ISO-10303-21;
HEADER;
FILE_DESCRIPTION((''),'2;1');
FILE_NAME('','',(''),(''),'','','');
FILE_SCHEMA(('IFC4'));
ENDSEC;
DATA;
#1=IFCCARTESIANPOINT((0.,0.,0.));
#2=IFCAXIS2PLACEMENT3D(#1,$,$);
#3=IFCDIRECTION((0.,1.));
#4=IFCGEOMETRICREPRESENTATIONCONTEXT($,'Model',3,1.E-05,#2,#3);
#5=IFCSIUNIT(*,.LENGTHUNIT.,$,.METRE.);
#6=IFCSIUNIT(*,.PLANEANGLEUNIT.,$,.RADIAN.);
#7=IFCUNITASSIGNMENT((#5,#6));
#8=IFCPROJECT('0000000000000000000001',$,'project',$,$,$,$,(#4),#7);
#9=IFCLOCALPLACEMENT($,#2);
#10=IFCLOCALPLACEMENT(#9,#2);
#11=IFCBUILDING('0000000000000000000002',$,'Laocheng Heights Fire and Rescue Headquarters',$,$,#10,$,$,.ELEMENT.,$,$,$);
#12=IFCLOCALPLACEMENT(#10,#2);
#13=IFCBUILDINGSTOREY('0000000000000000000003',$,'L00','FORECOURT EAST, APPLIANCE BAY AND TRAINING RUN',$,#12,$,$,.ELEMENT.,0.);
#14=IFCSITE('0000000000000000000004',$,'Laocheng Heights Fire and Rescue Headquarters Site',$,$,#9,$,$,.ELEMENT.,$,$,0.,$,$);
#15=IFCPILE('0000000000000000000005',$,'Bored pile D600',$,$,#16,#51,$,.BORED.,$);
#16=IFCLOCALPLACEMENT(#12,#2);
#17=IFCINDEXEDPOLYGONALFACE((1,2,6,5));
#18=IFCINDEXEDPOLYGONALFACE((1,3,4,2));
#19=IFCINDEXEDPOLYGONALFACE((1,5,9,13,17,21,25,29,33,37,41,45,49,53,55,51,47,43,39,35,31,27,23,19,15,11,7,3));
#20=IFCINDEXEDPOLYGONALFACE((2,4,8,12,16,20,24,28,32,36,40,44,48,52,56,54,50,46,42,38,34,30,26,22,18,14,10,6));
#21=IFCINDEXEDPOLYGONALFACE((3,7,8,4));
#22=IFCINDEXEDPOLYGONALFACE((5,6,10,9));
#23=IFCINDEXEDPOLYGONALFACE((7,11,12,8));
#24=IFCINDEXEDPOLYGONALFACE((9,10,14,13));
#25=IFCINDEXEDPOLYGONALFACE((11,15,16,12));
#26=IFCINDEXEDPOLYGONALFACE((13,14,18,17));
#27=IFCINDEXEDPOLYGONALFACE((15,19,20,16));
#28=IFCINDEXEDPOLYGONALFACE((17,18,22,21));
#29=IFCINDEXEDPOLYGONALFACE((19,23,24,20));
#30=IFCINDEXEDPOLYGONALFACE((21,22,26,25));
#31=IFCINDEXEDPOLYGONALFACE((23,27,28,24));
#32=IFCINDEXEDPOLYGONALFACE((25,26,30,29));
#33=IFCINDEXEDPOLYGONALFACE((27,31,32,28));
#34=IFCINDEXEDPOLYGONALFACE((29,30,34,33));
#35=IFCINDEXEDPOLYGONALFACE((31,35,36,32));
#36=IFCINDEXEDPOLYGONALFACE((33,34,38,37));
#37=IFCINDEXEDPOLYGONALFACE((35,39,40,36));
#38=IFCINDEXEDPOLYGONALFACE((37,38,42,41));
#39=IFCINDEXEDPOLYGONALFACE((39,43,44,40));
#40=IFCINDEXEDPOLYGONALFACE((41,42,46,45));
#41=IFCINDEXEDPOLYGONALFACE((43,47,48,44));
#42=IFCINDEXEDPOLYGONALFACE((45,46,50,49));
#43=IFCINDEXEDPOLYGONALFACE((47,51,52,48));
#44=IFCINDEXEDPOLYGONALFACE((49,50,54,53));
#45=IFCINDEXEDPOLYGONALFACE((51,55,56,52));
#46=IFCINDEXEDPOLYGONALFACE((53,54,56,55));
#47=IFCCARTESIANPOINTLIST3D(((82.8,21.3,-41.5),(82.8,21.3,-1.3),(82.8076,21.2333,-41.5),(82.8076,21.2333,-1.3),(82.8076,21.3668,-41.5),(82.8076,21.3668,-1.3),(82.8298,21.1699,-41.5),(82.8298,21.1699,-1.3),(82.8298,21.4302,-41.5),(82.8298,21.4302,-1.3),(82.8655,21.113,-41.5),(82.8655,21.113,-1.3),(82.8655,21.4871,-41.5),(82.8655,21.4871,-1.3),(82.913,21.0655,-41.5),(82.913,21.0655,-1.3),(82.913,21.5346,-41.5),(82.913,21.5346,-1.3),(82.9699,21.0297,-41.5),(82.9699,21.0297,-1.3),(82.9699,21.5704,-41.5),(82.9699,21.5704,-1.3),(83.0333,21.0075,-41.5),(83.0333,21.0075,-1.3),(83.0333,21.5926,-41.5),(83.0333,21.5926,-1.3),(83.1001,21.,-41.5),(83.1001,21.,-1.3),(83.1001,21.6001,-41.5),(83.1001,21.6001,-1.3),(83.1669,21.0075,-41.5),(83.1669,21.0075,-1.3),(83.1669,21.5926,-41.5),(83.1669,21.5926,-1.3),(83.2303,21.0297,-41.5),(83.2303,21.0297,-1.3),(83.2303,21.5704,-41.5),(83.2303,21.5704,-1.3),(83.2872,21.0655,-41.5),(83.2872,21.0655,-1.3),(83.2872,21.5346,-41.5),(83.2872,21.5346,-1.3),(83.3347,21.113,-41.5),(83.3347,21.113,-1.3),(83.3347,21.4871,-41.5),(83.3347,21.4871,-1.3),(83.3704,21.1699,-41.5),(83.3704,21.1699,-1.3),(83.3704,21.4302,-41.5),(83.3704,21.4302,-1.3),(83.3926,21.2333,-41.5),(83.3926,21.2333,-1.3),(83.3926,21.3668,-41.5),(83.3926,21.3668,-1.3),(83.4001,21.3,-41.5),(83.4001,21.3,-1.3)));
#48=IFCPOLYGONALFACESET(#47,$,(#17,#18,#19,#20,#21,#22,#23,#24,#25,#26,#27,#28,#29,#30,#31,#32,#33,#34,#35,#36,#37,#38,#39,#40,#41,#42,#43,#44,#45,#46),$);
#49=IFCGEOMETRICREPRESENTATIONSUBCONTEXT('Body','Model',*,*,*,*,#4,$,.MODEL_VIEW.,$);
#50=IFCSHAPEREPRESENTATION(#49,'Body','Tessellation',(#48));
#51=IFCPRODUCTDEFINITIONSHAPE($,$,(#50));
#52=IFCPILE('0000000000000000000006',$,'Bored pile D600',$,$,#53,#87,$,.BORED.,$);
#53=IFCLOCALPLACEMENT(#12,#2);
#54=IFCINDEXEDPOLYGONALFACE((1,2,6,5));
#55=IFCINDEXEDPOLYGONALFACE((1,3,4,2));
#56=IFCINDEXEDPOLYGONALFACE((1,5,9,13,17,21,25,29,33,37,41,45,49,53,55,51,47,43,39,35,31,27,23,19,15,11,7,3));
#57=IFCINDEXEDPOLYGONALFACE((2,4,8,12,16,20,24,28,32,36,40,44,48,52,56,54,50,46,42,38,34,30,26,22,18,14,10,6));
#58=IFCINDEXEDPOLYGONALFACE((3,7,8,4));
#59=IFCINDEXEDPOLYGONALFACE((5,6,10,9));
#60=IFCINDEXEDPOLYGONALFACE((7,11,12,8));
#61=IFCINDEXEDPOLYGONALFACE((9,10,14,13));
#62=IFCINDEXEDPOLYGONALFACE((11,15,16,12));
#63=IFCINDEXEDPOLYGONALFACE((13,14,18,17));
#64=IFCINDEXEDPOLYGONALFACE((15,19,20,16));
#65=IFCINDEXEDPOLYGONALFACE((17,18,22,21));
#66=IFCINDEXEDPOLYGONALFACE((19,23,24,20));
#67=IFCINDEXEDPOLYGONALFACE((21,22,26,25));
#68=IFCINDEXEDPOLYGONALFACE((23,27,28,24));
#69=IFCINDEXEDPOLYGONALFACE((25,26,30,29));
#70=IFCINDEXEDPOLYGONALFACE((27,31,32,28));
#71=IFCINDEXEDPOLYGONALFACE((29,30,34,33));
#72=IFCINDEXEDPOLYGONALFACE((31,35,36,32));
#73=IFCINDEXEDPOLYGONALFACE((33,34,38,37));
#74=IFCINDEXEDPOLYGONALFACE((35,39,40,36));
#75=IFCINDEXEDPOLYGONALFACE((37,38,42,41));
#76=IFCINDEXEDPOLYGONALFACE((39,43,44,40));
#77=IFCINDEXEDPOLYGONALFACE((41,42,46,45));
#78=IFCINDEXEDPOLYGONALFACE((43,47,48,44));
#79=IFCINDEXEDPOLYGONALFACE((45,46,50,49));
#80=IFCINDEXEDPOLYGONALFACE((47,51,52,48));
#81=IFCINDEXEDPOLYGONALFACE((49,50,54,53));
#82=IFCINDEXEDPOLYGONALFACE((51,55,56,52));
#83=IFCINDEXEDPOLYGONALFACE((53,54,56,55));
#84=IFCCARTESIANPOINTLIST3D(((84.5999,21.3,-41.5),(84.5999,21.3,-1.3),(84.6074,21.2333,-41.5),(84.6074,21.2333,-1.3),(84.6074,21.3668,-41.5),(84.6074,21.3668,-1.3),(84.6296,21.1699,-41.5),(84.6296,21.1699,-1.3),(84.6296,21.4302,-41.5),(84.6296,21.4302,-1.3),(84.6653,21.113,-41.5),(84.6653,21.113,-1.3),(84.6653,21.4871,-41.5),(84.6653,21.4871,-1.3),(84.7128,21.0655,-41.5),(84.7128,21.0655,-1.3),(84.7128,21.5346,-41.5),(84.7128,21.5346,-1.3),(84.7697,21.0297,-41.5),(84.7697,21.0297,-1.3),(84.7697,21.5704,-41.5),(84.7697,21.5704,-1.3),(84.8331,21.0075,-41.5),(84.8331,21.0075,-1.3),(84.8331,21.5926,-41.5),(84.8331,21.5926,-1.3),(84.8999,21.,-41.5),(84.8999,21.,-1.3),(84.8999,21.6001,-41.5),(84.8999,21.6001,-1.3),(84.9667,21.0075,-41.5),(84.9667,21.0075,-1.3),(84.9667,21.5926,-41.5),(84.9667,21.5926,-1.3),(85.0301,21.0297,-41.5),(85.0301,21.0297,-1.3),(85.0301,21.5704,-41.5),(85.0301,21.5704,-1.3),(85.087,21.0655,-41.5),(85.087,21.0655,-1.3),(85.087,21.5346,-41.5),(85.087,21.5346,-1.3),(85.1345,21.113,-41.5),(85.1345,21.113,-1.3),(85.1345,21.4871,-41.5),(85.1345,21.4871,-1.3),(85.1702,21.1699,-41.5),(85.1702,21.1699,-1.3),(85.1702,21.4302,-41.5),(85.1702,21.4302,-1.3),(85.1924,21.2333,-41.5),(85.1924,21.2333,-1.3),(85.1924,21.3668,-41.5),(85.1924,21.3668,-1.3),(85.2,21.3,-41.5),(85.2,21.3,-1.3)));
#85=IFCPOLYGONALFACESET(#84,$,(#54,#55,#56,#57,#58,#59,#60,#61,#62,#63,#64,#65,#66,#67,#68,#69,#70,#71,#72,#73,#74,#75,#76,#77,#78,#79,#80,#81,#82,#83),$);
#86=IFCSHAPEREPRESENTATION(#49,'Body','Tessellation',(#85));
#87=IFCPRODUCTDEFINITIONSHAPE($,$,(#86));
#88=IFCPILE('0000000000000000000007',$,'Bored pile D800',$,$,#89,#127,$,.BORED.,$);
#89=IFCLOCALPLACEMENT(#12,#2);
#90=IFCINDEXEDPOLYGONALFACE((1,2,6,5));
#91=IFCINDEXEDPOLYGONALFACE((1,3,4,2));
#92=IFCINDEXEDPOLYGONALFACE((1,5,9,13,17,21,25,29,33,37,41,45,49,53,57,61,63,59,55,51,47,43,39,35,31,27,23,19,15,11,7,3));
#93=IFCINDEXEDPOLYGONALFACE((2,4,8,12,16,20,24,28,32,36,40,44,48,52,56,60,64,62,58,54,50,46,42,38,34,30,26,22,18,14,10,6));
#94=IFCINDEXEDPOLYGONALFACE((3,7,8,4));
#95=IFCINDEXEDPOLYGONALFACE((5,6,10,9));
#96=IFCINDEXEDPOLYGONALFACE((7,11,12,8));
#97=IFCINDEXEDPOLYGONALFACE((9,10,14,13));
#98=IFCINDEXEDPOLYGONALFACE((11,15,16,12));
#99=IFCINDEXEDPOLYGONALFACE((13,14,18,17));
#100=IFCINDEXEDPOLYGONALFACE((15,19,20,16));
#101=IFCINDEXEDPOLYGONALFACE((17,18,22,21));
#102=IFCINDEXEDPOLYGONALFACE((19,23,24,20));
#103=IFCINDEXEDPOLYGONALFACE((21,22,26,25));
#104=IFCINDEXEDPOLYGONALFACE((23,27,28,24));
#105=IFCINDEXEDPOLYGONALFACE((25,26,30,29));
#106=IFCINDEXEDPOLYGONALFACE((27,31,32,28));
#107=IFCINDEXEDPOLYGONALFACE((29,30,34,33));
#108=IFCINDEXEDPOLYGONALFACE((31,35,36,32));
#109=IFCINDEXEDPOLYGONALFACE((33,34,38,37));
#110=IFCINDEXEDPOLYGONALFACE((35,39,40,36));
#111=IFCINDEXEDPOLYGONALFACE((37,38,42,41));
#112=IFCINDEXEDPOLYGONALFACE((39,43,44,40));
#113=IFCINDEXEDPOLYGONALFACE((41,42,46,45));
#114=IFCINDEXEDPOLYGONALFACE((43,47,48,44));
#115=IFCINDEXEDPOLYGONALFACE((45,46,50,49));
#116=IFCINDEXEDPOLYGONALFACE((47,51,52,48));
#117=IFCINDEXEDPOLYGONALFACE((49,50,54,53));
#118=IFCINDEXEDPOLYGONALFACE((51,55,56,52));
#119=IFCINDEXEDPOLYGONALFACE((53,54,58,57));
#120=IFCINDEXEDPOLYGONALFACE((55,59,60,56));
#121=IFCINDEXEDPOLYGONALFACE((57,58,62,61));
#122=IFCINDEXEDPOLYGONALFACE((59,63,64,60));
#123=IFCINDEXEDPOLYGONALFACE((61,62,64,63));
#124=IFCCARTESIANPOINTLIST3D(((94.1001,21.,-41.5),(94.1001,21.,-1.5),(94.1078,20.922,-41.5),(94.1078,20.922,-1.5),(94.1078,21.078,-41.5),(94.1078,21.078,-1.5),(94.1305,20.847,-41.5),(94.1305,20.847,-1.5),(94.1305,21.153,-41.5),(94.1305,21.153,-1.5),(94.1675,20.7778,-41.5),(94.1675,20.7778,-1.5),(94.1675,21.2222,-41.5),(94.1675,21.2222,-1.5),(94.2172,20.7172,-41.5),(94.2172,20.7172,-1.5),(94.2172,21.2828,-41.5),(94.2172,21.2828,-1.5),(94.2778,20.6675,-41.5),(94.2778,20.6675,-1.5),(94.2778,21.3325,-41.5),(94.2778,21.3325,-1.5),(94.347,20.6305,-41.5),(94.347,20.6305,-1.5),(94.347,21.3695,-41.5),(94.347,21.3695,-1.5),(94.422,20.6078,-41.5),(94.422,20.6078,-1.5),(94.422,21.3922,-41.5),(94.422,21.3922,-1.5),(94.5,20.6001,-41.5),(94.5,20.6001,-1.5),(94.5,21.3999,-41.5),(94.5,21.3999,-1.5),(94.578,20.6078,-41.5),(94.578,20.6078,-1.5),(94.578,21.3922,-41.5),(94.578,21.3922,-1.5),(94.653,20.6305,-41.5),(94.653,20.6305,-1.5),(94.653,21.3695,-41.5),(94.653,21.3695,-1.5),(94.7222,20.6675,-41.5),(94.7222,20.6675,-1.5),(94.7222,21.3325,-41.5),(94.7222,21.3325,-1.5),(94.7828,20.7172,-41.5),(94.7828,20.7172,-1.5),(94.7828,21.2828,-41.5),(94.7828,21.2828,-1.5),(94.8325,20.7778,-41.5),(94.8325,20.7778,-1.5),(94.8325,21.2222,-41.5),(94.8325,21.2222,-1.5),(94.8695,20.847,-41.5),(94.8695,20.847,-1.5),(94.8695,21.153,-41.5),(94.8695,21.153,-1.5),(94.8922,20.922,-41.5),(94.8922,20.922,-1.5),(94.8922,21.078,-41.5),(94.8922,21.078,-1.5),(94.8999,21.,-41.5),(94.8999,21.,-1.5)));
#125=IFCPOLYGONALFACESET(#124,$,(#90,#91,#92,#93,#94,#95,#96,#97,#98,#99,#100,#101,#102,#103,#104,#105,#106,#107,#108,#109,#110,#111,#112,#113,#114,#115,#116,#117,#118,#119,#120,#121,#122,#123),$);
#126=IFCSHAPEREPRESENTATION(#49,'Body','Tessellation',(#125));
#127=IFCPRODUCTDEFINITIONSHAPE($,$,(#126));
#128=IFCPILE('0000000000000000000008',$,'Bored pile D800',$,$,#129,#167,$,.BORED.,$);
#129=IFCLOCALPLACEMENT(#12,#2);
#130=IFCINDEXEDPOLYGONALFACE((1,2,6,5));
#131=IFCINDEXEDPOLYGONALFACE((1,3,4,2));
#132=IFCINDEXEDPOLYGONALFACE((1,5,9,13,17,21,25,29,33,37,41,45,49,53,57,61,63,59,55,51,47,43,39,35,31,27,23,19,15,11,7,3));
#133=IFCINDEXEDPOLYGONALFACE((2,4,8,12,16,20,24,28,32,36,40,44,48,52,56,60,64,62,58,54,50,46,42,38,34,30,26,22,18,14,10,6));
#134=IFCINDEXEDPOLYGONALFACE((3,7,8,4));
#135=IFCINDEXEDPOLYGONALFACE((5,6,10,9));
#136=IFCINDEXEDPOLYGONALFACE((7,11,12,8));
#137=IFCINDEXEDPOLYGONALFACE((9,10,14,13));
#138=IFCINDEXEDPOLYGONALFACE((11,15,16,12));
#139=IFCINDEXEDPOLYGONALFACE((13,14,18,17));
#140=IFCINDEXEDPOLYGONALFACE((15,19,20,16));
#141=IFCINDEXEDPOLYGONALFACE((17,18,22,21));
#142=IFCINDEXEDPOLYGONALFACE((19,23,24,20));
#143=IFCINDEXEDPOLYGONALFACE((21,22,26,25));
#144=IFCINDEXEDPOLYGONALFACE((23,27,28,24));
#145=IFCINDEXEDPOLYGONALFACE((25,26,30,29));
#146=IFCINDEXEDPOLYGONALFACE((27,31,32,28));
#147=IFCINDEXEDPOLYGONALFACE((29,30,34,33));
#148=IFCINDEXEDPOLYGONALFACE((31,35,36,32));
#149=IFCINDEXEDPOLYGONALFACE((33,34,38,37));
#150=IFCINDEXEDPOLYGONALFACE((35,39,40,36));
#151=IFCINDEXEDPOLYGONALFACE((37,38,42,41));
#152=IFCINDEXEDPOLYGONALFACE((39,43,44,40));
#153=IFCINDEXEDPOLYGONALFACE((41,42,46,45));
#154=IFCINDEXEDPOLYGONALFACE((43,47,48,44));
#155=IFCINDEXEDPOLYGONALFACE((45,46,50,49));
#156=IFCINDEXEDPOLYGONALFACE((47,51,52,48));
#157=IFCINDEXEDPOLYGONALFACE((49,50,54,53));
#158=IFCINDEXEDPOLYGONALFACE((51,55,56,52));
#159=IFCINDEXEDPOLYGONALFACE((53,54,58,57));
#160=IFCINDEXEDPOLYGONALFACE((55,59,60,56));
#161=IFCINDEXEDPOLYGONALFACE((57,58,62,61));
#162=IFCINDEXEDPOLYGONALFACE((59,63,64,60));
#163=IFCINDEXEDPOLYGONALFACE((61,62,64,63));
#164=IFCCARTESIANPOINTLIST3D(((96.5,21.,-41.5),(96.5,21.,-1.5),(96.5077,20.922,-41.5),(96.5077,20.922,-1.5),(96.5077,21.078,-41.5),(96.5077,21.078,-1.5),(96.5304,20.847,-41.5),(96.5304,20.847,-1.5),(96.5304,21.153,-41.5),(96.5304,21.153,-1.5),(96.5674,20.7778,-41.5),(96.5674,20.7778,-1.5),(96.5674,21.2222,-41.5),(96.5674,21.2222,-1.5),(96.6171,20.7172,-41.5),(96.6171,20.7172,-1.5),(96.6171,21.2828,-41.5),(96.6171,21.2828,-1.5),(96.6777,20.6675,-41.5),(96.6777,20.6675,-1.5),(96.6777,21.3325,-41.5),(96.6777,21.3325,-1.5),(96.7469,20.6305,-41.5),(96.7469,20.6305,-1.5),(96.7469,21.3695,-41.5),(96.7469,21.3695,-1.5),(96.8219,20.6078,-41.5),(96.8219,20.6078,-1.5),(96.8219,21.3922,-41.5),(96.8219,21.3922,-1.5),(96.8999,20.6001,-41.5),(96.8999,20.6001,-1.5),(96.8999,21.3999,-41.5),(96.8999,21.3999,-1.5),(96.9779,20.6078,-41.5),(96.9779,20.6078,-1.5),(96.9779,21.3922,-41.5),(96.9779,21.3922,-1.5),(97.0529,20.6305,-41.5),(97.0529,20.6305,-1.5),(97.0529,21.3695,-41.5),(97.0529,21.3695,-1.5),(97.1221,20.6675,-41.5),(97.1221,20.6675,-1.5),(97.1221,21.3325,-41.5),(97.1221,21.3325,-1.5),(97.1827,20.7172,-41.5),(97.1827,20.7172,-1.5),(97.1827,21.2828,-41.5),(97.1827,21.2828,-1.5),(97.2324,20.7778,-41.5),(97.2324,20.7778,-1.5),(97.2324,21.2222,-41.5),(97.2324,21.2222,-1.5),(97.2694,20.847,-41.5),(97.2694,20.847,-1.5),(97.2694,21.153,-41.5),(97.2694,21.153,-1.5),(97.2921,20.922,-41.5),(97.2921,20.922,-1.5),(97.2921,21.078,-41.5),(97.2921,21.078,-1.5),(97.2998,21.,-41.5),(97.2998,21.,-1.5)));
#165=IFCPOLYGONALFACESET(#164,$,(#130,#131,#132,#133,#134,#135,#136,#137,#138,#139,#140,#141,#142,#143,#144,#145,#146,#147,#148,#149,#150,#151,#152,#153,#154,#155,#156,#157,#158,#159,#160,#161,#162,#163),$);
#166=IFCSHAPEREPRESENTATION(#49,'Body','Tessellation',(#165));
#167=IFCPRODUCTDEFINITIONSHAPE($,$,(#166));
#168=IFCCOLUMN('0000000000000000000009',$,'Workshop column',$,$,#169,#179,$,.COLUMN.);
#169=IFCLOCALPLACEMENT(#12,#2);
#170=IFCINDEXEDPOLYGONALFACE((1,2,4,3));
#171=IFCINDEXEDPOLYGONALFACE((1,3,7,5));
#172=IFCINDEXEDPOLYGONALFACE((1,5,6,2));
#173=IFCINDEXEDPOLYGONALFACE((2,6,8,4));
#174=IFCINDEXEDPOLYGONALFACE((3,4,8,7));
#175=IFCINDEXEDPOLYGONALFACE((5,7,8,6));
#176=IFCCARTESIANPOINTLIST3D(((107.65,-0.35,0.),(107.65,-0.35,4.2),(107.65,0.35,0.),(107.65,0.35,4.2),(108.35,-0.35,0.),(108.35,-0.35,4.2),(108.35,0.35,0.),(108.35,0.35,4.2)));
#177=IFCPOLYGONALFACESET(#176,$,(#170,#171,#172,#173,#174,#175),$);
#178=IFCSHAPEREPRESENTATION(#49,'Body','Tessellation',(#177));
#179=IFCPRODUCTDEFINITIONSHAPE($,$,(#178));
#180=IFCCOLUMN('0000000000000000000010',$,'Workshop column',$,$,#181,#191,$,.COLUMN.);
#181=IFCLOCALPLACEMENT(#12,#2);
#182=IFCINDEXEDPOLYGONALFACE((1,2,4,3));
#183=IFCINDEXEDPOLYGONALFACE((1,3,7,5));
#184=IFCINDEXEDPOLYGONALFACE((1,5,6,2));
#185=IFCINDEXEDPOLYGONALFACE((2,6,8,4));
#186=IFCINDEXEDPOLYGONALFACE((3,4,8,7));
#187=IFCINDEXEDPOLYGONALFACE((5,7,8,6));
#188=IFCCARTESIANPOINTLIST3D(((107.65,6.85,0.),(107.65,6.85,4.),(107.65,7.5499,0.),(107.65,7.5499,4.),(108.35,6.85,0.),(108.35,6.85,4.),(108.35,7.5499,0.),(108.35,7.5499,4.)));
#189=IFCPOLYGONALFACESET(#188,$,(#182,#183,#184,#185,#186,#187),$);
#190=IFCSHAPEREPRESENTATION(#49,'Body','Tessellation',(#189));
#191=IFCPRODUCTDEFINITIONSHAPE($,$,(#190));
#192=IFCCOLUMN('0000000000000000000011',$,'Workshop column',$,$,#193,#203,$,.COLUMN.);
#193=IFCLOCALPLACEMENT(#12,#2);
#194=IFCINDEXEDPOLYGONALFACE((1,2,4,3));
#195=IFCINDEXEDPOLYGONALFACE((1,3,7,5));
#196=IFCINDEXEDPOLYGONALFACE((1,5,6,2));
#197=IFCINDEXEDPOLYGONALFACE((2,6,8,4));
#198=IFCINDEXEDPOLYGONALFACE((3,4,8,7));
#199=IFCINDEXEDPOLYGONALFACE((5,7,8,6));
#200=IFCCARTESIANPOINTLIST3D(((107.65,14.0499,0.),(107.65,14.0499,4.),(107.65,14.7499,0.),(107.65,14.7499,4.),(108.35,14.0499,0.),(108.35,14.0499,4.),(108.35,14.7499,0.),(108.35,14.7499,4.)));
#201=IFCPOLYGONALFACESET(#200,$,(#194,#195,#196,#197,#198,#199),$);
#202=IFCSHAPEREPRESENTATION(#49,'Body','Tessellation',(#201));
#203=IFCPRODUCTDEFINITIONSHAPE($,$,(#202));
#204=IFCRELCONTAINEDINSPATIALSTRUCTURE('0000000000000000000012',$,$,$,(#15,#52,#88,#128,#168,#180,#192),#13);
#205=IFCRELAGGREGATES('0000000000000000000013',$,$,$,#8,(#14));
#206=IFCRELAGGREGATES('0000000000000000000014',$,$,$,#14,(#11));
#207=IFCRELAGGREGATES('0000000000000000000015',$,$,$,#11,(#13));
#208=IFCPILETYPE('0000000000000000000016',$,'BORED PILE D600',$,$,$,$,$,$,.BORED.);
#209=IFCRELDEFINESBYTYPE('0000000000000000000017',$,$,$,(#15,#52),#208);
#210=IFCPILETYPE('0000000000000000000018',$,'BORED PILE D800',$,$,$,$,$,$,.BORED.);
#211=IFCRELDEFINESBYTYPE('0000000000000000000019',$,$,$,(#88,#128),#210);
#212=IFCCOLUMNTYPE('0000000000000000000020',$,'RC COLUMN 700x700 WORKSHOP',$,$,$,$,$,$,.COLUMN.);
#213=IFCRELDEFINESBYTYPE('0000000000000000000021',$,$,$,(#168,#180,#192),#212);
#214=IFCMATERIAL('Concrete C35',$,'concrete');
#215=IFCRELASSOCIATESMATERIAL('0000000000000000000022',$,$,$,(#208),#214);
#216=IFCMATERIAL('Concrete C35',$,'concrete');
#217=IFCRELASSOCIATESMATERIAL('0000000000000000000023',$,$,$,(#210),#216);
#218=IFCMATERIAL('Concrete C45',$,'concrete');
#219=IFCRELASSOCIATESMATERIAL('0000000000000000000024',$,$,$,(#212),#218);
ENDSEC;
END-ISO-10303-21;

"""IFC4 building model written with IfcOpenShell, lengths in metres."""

from ifc_helpers import new_model, si_unit, direction, frame, origin, origin_2d, place, context, subcontext, project, spatial, rectangle, circle, extrude, material, material_profile, profile_set, type_object, element, save


model = new_model("IFC4")

# Units and contexts
model_context = context("Model", 3, precision=1e-05, world=origin(), true_north=direction((0.0, 1.0)))
body_context = subcontext(model_context, "Body", "Model", "MODEL_VIEW")
ifc_project = project(units=[si_unit("LENGTHUNIT", "METRE"), si_unit("PLANEANGLEUNIT", "RADIAN")], contexts=[model_context])

# Site, building, storey
site_placement = place(None, origin())
site = spatial("IfcSite", under=ifc_project, at=site_placement, Name="Laocheng Heights Fire and Rescue Headquarters Site", CompositionType="ELEMENT", RefElevation=0.0)
building_placement = place(site_placement, origin())
building = spatial("IfcBuilding", under=site, at=building_placement, Name="Laocheng Heights Fire and Rescue Headquarters", CompositionType="ELEMENT")
storey_placement = place(building_placement, origin())
storey = spatial("IfcBuildingStorey", under=building, at=storey_placement, Name="L00", Description="FORECOURT EAST, APPLIANCE BAY AND TRAINING RUN", CompositionType="ELEMENT", Elevation=0.0)

# Piles
ifc_material_1 = material(Name="Concrete C35", Category="concrete")
ifc_material_profile_1 = material_profile(ifc_material_1, circle(Radius=0.3, at=origin_2d()), Name="BORED PILE D600")
ifc_profile_set_1 = profile_set([ifc_material_profile_1], Name="Concrete C35")
pile_type_1 = type_object("IfcPileType", Name="BORED PILE D600", PredefinedType="BORED", material=ifc_profile_set_1)
for number, where, z_axis, x_axis, name in (
    (1, (83.1001, 21.3, -1.3), (0.0, 0.0, -1.0), (1.0, 0.0, 0.0), "Bored pile D600"),
    (2, (84.8999, 21.3, -1.3), (0.0, 0.0, -1.0), (1.0, 0.0, 0.0), "Bored pile D600"),
):
    element("IfcPile", number, at=place(storey_placement, frame(where, z_axis=z_axis, x_axis=x_axis)), inside=storey, type_object=pile_type_1, Name=name, PredefinedType="BORED", context=body_context, shape_type="SweptSolid", body=[
        extrude(circle(Radius=0.3, at=origin_2d()), origin(), (0.0, 0.0, 1.0), 40.2),
    ])
ifc_material_2 = material(Name="Concrete C35", Category="concrete")
ifc_material_profile_2 = material_profile(ifc_material_2, circle(Radius=0.3999, at=origin_2d()), Name="BORED PILE D800")
ifc_profile_set_2 = profile_set([ifc_material_profile_2], Name="Concrete C35")
pile_type_2 = type_object("IfcPileType", Name="BORED PILE D800", PredefinedType="BORED", material=ifc_profile_set_2)
for number, where, z_axis, x_axis, name in (
    (3, (94.5, 21.0, -1.5), (0.0, 0.0, -1.0), (1.0, 0.0, 0.0), "Bored pile D800"),
    (4, (96.8999, 21.0, -1.5), (0.0, 0.0, -1.0), (1.0, 0.0, 0.0), "Bored pile D800"),
):
    element("IfcPile", number, at=place(storey_placement, frame(where, z_axis=z_axis, x_axis=x_axis)), inside=storey, type_object=pile_type_2, Name=name, PredefinedType="BORED", context=body_context, shape_type="SweptSolid", body=[
        extrude(circle(Radius=0.3999, at=origin_2d()), origin(), (0.0, 0.0, 1.0), 40.0),
    ])

# Columns
ifc_material_3 = material(Name="Concrete C45", Category="concrete")
ifc_material_profile_3 = material_profile(ifc_material_3, rectangle(XDim=0.7, YDim=0.7, at=origin_2d()), Name="RC COLUMN 700x700 WORKSHOP")
ifc_profile_set_3 = profile_set([ifc_material_profile_3], Name="Concrete C45")
column_type = type_object("IfcColumnType", Name="RC COLUMN 700x700 WORKSHOP", PredefinedType="COLUMN", material=ifc_profile_set_3)
column_placement = place(storey_placement, frame((108.0, 0.0, 0.0), z_axis=(0.0, 0.0, 1.0), x_axis=(1.0, 0.0, 0.0)))
element("IfcColumn", 5, at=column_placement, inside=storey, type_object=column_type, Name="Workshop column", PredefinedType="COLUMN", context=body_context, shape_type="SweptSolid", body=[
    extrude(rectangle(XDim=0.7, YDim=0.7, at=origin_2d()), origin(), (0.0, 0.0, 1.0), 4.2),
])
for number, where, z_axis, x_axis, name in (
    (6, (108.0, 7.2, 0.0), (0.0, 0.0, 1.0), (1.0, 0.0, 0.0), "Workshop column"),
    (7, (108.0, 14.3999, 0.0), (0.0, 0.0, 1.0), (1.0, 0.0, 0.0), "Workshop column"),
):
    element("IfcColumn", number, at=place(storey_placement, frame(where, z_axis=z_axis, x_axis=x_axis)), inside=storey, type_object=column_type, Name=name, PredefinedType="COLUMN", context=body_context, shape_type="SweptSolid", body=[
        extrude(rectangle(XDim=0.7, YDim=0.7, at=origin_2d()), origin(), (0.0, 0.0, 1.0), 4.0),
    ])

save(model, "model.ifc")
